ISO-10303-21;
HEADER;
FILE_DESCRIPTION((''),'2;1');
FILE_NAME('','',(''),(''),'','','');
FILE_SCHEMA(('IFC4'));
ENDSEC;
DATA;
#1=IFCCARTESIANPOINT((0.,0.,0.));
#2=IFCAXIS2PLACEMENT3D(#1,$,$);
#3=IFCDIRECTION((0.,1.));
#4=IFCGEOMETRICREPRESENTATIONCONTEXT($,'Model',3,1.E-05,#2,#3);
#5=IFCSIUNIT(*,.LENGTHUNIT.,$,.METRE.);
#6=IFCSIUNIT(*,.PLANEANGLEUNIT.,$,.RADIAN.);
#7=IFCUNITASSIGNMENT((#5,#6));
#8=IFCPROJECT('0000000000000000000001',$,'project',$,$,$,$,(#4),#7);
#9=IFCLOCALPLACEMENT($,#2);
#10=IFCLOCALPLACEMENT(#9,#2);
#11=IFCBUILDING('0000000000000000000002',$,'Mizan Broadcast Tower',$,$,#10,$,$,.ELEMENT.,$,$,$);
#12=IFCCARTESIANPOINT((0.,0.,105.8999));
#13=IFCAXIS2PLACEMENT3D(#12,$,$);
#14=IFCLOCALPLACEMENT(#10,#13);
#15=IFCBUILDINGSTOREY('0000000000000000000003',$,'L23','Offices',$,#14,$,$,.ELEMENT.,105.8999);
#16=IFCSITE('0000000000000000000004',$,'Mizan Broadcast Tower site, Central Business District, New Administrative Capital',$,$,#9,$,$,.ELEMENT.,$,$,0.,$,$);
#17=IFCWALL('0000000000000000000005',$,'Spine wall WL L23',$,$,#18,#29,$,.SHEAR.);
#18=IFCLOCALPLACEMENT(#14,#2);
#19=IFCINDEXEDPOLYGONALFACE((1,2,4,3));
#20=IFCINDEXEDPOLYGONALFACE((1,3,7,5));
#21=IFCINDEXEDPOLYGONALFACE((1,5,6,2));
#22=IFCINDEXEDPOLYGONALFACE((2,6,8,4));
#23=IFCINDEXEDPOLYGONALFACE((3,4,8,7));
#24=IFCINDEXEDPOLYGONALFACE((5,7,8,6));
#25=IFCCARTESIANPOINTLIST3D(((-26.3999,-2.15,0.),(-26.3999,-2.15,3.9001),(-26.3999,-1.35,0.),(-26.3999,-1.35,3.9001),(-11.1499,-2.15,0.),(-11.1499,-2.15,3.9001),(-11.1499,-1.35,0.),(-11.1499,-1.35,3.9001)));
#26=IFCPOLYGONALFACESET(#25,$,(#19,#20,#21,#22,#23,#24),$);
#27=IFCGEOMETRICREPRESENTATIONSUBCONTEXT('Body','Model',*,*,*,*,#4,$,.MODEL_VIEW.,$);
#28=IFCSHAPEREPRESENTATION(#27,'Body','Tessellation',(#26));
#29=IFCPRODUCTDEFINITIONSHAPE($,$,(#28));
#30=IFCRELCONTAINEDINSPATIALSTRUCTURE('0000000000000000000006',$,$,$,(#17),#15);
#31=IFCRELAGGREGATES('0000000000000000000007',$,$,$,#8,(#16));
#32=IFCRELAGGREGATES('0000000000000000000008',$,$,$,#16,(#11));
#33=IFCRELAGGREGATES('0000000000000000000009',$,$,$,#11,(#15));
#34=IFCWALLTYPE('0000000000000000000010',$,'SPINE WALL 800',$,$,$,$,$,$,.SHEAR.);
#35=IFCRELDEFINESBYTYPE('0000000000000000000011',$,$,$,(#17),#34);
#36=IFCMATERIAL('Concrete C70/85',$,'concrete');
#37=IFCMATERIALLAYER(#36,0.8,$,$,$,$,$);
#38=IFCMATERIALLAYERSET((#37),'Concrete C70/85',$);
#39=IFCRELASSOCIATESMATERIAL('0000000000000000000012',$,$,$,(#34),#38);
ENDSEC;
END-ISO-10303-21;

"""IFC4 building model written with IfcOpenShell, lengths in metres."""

from ifc_helpers import new_model, si_unit, direction, frame, frame_2d, origin, place, context, subcontext, project, spatial, rectangle, extrude, material, layer, layer_set, type_object, element, save


model = new_model("IFC4")

# Units and contexts
model_context = context("Model", 3, precision=1e-05, world=origin(), true_north=direction((0.0, 1.0)))
body_context = subcontext(model_context, "Body", "Model", "MODEL_VIEW")
ifc_project = project(units=[si_unit("LENGTHUNIT", "METRE"), si_unit("PLANEANGLEUNIT", "RADIAN")], contexts=[model_context])

# Site, building, storey
site_placement = place(None, origin())
site = spatial("IfcSite", under=ifc_project, at=site_placement, Name="Mizan Broadcast Tower site, Central Business District, New Administrative Capital", CompositionType="ELEMENT", RefElevation=0.0)
building_placement = place(site_placement, origin())
building = spatial("IfcBuilding", under=site, at=building_placement, Name="Mizan Broadcast Tower", CompositionType="ELEMENT")
storey_placement = place(building_placement, frame((0.0, 0.0, 105.8999)))
storey = spatial("IfcBuildingStorey", under=building, at=storey_placement, Name="L23", Description="Offices", CompositionType="ELEMENT", Elevation=105.8999)

# Wall
ifc_material_1 = material(Name="Concrete C70/85", Category="concrete")
ifc_layer_1 = layer(ifc_material_1, 0.8)
ifc_layer_set_1 = layer_set([ifc_layer_1], Name="Concrete C70/85")
wall_type_1 = type_object("IfcWallType", Name="SPINE WALL 800", PredefinedType="SHEAR", material=ifc_layer_set_1)
wall_1_placement = place(storey_placement, frame((-11.1499, -1.75, 0.0), z_axis=(0.0, 0.0, 1.0), x_axis=(-1.0, 0.0, 0.0)))
element("IfcWall", 1, at=wall_1_placement, inside=storey, type_object=wall_type_1, Name="Spine wall WL L23", PredefinedType="SHEAR", context=body_context, shape_type="SweptSolid", body=[
    extrude(rectangle(XDim=15.25, YDim=0.8, at=frame_2d((7.625, 0.0))), origin(), (0.0, 0.0, 1.0), 3.9001),
])

save(model, "model.ifc")
